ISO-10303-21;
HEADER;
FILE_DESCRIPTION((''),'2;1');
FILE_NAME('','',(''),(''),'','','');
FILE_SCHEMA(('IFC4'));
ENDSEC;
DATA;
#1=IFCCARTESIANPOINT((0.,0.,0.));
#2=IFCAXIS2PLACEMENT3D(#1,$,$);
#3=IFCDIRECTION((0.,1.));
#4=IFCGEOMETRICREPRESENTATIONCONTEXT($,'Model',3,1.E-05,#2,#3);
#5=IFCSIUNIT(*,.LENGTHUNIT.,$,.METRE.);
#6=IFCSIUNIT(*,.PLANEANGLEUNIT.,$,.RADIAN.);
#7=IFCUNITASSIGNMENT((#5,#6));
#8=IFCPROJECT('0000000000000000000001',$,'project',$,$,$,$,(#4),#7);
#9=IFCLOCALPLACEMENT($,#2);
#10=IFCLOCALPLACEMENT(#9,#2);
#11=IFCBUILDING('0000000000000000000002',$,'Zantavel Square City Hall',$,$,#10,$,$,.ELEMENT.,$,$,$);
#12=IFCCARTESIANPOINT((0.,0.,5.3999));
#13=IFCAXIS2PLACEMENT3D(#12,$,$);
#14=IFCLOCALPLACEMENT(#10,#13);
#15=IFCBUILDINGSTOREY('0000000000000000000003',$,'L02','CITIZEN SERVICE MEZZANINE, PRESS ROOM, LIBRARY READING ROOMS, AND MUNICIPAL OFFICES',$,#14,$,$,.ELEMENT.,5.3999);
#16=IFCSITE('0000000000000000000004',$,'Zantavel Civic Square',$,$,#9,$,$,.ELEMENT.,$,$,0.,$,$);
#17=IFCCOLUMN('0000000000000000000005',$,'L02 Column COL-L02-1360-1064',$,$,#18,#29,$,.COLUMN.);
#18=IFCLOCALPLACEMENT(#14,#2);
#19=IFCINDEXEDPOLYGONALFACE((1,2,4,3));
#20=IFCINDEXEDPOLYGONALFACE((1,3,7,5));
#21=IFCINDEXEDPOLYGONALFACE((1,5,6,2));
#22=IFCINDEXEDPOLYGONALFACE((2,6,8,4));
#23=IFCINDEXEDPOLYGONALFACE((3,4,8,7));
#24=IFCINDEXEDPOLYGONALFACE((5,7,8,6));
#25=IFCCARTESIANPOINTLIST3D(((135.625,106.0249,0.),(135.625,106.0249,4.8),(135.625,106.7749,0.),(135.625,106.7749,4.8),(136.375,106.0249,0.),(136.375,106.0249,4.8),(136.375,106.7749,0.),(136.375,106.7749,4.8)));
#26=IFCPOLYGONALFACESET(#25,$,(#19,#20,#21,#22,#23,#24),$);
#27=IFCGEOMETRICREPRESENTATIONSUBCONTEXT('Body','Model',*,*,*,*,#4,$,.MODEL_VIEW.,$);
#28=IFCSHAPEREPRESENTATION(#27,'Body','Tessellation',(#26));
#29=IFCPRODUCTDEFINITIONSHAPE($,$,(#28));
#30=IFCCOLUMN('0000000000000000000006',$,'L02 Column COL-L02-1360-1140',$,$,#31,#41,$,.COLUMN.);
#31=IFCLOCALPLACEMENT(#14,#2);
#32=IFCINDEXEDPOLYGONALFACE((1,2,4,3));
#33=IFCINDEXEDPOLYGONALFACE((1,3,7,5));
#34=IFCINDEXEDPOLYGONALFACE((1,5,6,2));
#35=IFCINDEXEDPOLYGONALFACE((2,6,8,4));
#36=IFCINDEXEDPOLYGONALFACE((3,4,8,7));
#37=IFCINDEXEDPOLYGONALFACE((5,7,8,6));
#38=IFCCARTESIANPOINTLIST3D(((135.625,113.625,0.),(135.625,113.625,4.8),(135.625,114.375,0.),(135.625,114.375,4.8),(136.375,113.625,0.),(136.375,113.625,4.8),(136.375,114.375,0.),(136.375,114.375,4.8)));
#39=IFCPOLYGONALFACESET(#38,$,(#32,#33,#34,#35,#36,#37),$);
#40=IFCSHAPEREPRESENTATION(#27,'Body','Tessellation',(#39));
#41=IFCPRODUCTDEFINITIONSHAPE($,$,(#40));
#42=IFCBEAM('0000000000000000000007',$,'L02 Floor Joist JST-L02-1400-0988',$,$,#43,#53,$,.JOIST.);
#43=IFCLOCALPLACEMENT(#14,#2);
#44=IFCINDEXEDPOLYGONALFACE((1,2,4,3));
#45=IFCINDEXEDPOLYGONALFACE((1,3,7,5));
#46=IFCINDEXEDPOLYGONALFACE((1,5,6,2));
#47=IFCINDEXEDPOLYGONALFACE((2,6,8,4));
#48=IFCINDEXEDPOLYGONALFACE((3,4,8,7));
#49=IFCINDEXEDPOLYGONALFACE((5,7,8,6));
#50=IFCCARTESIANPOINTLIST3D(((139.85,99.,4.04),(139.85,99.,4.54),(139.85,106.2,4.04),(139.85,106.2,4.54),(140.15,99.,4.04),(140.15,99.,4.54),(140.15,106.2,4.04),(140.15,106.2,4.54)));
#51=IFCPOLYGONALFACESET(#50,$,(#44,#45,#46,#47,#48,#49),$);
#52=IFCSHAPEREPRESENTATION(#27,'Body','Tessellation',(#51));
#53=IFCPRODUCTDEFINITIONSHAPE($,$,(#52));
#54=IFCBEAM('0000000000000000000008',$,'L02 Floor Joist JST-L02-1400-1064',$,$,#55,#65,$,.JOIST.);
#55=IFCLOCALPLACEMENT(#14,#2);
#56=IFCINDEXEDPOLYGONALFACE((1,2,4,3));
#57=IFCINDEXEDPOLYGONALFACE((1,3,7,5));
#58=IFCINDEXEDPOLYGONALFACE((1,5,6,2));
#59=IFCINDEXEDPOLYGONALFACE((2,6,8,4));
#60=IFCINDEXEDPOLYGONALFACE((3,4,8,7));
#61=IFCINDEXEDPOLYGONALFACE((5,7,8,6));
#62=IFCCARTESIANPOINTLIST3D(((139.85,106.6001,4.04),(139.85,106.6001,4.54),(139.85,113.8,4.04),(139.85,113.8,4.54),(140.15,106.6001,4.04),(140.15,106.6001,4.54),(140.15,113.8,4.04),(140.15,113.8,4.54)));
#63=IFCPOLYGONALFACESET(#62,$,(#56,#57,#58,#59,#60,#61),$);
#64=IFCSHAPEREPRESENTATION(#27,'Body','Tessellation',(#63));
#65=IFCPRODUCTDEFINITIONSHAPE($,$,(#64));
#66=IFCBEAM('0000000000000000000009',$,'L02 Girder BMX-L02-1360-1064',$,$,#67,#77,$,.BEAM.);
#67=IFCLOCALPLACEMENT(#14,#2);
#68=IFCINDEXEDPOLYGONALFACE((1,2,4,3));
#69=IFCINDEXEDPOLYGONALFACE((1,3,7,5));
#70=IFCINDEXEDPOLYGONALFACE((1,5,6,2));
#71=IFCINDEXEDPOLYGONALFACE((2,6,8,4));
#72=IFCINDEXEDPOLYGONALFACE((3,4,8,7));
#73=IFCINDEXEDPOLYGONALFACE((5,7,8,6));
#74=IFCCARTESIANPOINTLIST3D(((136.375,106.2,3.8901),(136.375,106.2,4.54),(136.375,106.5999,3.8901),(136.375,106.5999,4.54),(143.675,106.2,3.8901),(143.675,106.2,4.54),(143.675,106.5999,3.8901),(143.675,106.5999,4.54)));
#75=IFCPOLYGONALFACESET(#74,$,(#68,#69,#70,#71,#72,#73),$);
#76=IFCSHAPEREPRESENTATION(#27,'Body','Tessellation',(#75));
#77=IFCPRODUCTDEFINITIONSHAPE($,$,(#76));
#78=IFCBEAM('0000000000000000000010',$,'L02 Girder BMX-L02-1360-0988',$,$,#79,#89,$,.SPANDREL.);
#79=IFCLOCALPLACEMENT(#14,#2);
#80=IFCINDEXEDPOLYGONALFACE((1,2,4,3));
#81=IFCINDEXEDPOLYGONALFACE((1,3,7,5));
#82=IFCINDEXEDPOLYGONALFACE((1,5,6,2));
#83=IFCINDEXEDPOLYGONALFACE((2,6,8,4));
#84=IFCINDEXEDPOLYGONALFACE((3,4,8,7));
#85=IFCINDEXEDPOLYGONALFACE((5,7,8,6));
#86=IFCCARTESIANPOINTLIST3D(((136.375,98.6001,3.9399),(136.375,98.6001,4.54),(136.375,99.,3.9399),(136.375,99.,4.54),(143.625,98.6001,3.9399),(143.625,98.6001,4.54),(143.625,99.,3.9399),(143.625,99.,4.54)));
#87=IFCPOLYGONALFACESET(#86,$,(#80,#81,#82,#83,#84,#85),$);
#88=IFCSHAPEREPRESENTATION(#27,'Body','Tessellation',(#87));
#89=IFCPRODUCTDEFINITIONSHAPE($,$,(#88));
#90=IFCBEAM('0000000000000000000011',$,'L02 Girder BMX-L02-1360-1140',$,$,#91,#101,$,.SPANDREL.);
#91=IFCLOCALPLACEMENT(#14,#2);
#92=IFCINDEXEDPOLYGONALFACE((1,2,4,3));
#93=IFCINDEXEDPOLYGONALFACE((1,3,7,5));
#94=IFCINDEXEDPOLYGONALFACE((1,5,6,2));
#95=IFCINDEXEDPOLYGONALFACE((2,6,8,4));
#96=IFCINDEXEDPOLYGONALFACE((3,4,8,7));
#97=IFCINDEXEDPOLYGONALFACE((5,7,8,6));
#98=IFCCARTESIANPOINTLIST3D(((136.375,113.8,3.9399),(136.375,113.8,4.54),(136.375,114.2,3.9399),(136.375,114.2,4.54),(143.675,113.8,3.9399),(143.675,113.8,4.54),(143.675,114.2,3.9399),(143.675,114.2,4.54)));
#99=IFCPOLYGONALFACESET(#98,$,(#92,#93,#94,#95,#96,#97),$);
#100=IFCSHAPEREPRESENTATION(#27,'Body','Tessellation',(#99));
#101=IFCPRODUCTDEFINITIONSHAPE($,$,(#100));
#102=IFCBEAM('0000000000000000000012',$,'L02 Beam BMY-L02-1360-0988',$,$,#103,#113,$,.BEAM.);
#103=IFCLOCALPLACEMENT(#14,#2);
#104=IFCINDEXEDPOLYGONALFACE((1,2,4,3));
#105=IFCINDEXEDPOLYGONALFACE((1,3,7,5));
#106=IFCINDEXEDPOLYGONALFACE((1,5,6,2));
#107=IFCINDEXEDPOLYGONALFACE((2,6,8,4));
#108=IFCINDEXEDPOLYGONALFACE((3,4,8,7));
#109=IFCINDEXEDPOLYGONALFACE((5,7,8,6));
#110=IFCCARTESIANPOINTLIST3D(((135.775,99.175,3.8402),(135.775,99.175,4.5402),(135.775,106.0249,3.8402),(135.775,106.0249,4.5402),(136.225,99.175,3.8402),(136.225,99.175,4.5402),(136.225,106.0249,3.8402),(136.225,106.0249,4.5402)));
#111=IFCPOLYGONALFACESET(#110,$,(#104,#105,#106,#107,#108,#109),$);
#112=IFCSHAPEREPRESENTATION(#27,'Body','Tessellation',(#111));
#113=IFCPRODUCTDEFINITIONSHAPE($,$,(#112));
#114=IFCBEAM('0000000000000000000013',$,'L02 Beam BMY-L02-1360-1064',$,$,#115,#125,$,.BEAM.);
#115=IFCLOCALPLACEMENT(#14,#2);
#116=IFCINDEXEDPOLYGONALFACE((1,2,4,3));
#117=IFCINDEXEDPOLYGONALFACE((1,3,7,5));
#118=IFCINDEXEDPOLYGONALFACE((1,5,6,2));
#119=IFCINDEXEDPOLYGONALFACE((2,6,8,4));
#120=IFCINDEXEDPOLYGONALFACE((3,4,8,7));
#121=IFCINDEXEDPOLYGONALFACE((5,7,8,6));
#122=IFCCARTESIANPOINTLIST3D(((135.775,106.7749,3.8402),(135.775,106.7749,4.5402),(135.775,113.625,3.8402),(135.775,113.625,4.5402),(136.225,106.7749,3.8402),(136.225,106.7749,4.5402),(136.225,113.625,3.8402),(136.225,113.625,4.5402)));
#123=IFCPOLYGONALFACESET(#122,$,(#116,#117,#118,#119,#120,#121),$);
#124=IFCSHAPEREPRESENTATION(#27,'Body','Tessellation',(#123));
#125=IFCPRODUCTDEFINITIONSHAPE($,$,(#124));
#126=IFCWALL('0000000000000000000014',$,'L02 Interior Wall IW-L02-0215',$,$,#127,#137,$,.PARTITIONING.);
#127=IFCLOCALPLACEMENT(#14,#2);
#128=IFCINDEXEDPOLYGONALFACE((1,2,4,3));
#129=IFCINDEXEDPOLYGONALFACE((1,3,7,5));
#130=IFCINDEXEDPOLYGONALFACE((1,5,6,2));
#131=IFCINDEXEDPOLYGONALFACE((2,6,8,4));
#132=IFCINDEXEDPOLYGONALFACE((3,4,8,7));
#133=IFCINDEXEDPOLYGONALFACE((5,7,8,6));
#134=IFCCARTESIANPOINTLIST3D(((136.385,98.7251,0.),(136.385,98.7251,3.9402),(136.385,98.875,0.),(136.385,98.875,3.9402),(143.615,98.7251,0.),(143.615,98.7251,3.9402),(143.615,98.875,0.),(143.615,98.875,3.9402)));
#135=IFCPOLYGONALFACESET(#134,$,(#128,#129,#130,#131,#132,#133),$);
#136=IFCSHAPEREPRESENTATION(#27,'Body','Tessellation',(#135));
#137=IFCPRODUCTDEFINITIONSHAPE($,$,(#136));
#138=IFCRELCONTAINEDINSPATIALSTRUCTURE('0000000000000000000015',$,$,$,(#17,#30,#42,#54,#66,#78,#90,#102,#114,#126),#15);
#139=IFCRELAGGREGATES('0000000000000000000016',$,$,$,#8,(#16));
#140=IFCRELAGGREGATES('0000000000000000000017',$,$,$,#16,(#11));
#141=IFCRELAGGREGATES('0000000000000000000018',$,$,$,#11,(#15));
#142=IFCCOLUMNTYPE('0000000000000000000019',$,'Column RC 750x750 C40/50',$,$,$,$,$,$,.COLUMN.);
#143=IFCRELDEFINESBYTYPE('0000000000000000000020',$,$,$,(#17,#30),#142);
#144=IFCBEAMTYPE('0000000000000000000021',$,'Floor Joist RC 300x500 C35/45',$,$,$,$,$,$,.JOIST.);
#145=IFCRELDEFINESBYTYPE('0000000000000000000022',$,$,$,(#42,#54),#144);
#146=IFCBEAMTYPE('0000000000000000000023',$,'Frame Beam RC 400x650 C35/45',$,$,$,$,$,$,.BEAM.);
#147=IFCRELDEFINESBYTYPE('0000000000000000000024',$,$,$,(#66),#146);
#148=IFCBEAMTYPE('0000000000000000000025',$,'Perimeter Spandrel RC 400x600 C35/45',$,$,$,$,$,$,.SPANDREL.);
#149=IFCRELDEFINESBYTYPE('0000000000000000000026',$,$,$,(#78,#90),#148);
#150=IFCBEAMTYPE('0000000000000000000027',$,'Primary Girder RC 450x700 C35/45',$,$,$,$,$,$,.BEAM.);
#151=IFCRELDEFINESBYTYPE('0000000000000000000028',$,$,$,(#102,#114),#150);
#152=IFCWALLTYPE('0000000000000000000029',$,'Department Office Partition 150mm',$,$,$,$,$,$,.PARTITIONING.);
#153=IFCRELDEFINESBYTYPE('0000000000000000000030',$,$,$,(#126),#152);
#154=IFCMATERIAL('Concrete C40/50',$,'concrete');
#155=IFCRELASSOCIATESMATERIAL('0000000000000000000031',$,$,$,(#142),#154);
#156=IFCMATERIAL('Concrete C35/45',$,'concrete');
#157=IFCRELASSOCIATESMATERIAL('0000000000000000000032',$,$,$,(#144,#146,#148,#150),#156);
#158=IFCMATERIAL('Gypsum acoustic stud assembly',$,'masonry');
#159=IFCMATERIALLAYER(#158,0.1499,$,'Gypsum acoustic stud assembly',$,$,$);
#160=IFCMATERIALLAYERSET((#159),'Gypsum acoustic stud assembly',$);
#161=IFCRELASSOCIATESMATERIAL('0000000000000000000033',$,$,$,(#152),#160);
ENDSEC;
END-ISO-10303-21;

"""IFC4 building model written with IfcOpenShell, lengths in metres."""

from ifc_helpers import new_model, si_unit, direction, frame, frame_2d, origin, origin_2d, place, context, subcontext, project, spatial, rectangle, extrude, material, layer, layer_set, material_profile, profile_set, type_object, element, save


model = new_model("IFC4")

# Units and contexts
model_context = context("Model", 3, precision=1e-05, world=origin(), true_north=direction((0.0, 1.0)))
body_context = subcontext(model_context, "Body", "Model", "MODEL_VIEW")
ifc_project = project(units=[si_unit("LENGTHUNIT", "METRE"), si_unit("PLANEANGLEUNIT", "RADIAN")], contexts=[model_context])

# Site, building, storey
site_placement = place(None, origin())
site = spatial("IfcSite", under=ifc_project, at=site_placement, Name="Zantavel Civic Square", CompositionType="ELEMENT", RefElevation=0.0)
building_placement = place(site_placement, origin())
building = spatial("IfcBuilding", under=site, at=building_placement, Name="Zantavel Square City Hall", CompositionType="ELEMENT")
storey_placement = place(building_placement, frame((0.0, 0.0, 5.3999)))
storey = spatial("IfcBuildingStorey", under=building, at=storey_placement, Name="L02", Description="CITIZEN SERVICE MEZZANINE, PRESS ROOM, LIBRARY READING ROOMS, AND MUNICIPAL OFFICES", CompositionType="ELEMENT", Elevation=5.3999)

# Columns
ifc_material_1 = material(Name="Concrete C40/50", Category="concrete")
ifc_material_profile_1 = material_profile(ifc_material_1, rectangle(XDim=0.75, YDim=0.75, at=origin_2d()), Name="RC 750x750")
ifc_profile_set_1 = profile_set([ifc_material_profile_1], Name="Concrete C40/50")
column_type = type_object("IfcColumnType", Name="Column RC 750x750 C40/50", PredefinedType="COLUMN", material=ifc_profile_set_1)
for number, where, z_axis, x_axis, name in (
    (1, (136.0, 106.3999, 0.0), (0.0, 0.0, 1.0), (1.0, 0.0, 0.0), "L02 Column COL-L02-1360-1064"),
    (2, (136.0, 114.0, 0.0), (0.0, 0.0, 1.0), (1.0, 0.0, 0.0), "L02 Column COL-L02-1360-1140"),
):
    element("IfcColumn", number, at=place(storey_placement, frame(where, z_axis=z_axis, x_axis=x_axis)), inside=storey, type_object=column_type, Name=name, PredefinedType="COLUMN", context=body_context, shape_type="SweptSolid", body=[
        extrude(rectangle(XDim=0.75, YDim=0.75, at=origin_2d()), origin(), (0.0, 0.0, 1.0), 4.8),
    ])

# Beams
ifc_material_2 = material(Name="Concrete C35/45", Category="concrete")
ifc_material_profile_2 = material_profile(ifc_material_2, rectangle(XDim=0.3, YDim=0.5, at=origin_2d()), Name="RC 300x500")
ifc_profile_set_2 = profile_set([ifc_material_profile_2], Name="Concrete C35/45")
beam_type_1 = type_object("IfcBeamType", Name="Floor Joist RC 300x500 C35/45", PredefinedType="JOIST", material=ifc_profile_set_2)
for number, where, z_axis, x_axis, name in (
    (3, (140.0, 99.0, 4.29), (0.0, 1.0, 0.0), (-1.0, 0.0, 0.0), "L02 Floor Joist JST-L02-1400-0988"),
    (4, (140.0, 106.6001, 4.29), (0.0, 1.0, 0.0), (-1.0, 0.0, 0.0), "L02 Floor Joist JST-L02-1400-1064"),
):
    element("IfcBeam", number, at=place(storey_placement, frame(where, z_axis=z_axis, x_axis=x_axis)), inside=storey, type_object=beam_type_1, Name=name, PredefinedType="JOIST", context=body_context, shape_type="SweptSolid", body=[
        extrude(rectangle(XDim=0.3, YDim=0.5, at=origin_2d()), origin(), (0.0, 0.0, 1.0), 7.2),
    ])
ifc_material_profile_3 = material_profile(ifc_material_2, rectangle(XDim=0.3999, YDim=0.6499, at=origin_2d()), Name="RC 400x650")
ifc_profile_set_3 = profile_set([ifc_material_profile_3], Name="Concrete C35/45")
beam_type_2 = type_object("IfcBeamType", Name="Frame Beam RC 400x650 C35/45", PredefinedType="BEAM", material=ifc_profile_set_3)
beam_1_placement = place(storey_placement, frame((136.375, 106.3999, 4.2151), z_axis=(1.0, 0.0, 0.0), x_axis=(0.0, 1.0, 0.0)))
element("IfcBeam", 5, at=beam_1_placement, inside=storey, type_object=beam_type_2, Name="L02 Girder BMX-L02-1360-1064", PredefinedType="BEAM", context=body_context, shape_type="SweptSolid", body=[
    extrude(rectangle(XDim=0.3999, YDim=0.6499, at=origin_2d()), origin(), (0.0, 0.0, 1.0), 7.3),
])
ifc_material_profile_4 = material_profile(ifc_material_2, rectangle(XDim=0.3999, YDim=0.6001, at=origin_2d()), Name="RC 400x600")
ifc_profile_set_4 = profile_set([ifc_material_profile_4], Name="Concrete C35/45")
beam_type_3 = type_object("IfcBeamType", Name="Perimeter Spandrel RC 400x600 C35/45", PredefinedType="SPANDREL", material=ifc_profile_set_4)
beam_2_placement = place(storey_placement, frame((136.375, 98.8, 4.24), z_axis=(1.0, 0.0, 0.0), x_axis=(0.0, 1.0, 0.0)))
element("IfcBeam", 6, at=beam_2_placement, inside=storey, type_object=beam_type_3, Name="L02 Girder BMX-L02-1360-0988", PredefinedType="SPANDREL", context=body_context, shape_type="SweptSolid", body=[
    extrude(rectangle(XDim=0.3999, YDim=0.6001, at=origin_2d()), origin(), (0.0, 0.0, 1.0), 7.25),
])
beam_3_placement = place(storey_placement, frame((136.375, 114.0, 4.24), z_axis=(1.0, 0.0, 0.0), x_axis=(0.0, 1.0, 0.0)))
element("IfcBeam", 7, at=beam_3_placement, inside=storey, type_object=beam_type_3, Name="L02 Girder BMX-L02-1360-1140", PredefinedType="SPANDREL", context=body_context, shape_type="SweptSolid", body=[
    extrude(rectangle(XDim=0.3999, YDim=0.6001, at=origin_2d()), origin(), (0.0, 0.0, 1.0), 7.3),
])
ifc_material_profile_5 = material_profile(ifc_material_2, rectangle(XDim=0.45, YDim=0.7, at=origin_2d()), Name="RC 450x700")
ifc_profile_set_5 = profile_set([ifc_material_profile_5], Name="Concrete C35/45")
beam_type_4 = type_object("IfcBeamType", Name="Primary Girder RC 450x700 C35/45", PredefinedType="BEAM", material=ifc_profile_set_5)
beam_4_placement = place(storey_placement, frame((136.0, 99.175, 4.1902), z_axis=(0.0, 1.0, 0.0), x_axis=(-1.0, 0.0, 0.0)))
element("IfcBeam", 8, at=beam_4_placement, inside=storey, type_object=beam_type_4, Name="L02 Beam BMY-L02-1360-0988", PredefinedType="BEAM", context=body_context, shape_type="SweptSolid", body=[
    extrude(rectangle(XDim=0.45, YDim=0.7, at=origin_2d()), origin(), (0.0, 0.0, 1.0), 6.8499),
])
beam_5_placement = place(storey_placement, frame((136.0, 106.7749, 4.1902), z_axis=(0.0, 1.0, 0.0), x_axis=(-1.0, 0.0, 0.0)))
element("IfcBeam", 9, at=beam_5_placement, inside=storey, type_object=beam_type_4, Name="L02 Beam BMY-L02-1360-1064", PredefinedType="BEAM", context=body_context, shape_type="SweptSolid", body=[
    extrude(rectangle(XDim=0.45, YDim=0.7, at=origin_2d()), origin(), (0.0, 0.0, 1.0), 6.8501),
])

# Wall
ifc_material_3 = material(Name="Gypsum acoustic stud assembly", Category="masonry")
ifc_layer_1 = layer(ifc_material_3, 0.1499, Name="Gypsum acoustic stud assembly")
ifc_layer_set_1 = layer_set([ifc_layer_1], Name="Gypsum acoustic stud assembly")
wall_type_1 = type_object("IfcWallType", Name="Department Office Partition 150mm", PredefinedType="PARTITIONING", material=ifc_layer_set_1)
wall_1_placement = place(storey_placement, frame((136.385, 98.8, 0.0), z_axis=(0.0, 0.0, 1.0), x_axis=(1.0, 0.0, 0.0)))
element("IfcWall", 10, at=wall_1_placement, inside=storey, type_object=wall_type_1, Name="L02 Interior Wall IW-L02-0215", PredefinedType="PARTITIONING", context=body_context, shape_type="SweptSolid", body=[
    extrude(rectangle(XDim=7.23, YDim=0.1499, at=frame_2d((3.615, 0.0))), origin(), (0.0, 0.0, 1.0), 3.9402),
])

save(model, "model.ifc")
